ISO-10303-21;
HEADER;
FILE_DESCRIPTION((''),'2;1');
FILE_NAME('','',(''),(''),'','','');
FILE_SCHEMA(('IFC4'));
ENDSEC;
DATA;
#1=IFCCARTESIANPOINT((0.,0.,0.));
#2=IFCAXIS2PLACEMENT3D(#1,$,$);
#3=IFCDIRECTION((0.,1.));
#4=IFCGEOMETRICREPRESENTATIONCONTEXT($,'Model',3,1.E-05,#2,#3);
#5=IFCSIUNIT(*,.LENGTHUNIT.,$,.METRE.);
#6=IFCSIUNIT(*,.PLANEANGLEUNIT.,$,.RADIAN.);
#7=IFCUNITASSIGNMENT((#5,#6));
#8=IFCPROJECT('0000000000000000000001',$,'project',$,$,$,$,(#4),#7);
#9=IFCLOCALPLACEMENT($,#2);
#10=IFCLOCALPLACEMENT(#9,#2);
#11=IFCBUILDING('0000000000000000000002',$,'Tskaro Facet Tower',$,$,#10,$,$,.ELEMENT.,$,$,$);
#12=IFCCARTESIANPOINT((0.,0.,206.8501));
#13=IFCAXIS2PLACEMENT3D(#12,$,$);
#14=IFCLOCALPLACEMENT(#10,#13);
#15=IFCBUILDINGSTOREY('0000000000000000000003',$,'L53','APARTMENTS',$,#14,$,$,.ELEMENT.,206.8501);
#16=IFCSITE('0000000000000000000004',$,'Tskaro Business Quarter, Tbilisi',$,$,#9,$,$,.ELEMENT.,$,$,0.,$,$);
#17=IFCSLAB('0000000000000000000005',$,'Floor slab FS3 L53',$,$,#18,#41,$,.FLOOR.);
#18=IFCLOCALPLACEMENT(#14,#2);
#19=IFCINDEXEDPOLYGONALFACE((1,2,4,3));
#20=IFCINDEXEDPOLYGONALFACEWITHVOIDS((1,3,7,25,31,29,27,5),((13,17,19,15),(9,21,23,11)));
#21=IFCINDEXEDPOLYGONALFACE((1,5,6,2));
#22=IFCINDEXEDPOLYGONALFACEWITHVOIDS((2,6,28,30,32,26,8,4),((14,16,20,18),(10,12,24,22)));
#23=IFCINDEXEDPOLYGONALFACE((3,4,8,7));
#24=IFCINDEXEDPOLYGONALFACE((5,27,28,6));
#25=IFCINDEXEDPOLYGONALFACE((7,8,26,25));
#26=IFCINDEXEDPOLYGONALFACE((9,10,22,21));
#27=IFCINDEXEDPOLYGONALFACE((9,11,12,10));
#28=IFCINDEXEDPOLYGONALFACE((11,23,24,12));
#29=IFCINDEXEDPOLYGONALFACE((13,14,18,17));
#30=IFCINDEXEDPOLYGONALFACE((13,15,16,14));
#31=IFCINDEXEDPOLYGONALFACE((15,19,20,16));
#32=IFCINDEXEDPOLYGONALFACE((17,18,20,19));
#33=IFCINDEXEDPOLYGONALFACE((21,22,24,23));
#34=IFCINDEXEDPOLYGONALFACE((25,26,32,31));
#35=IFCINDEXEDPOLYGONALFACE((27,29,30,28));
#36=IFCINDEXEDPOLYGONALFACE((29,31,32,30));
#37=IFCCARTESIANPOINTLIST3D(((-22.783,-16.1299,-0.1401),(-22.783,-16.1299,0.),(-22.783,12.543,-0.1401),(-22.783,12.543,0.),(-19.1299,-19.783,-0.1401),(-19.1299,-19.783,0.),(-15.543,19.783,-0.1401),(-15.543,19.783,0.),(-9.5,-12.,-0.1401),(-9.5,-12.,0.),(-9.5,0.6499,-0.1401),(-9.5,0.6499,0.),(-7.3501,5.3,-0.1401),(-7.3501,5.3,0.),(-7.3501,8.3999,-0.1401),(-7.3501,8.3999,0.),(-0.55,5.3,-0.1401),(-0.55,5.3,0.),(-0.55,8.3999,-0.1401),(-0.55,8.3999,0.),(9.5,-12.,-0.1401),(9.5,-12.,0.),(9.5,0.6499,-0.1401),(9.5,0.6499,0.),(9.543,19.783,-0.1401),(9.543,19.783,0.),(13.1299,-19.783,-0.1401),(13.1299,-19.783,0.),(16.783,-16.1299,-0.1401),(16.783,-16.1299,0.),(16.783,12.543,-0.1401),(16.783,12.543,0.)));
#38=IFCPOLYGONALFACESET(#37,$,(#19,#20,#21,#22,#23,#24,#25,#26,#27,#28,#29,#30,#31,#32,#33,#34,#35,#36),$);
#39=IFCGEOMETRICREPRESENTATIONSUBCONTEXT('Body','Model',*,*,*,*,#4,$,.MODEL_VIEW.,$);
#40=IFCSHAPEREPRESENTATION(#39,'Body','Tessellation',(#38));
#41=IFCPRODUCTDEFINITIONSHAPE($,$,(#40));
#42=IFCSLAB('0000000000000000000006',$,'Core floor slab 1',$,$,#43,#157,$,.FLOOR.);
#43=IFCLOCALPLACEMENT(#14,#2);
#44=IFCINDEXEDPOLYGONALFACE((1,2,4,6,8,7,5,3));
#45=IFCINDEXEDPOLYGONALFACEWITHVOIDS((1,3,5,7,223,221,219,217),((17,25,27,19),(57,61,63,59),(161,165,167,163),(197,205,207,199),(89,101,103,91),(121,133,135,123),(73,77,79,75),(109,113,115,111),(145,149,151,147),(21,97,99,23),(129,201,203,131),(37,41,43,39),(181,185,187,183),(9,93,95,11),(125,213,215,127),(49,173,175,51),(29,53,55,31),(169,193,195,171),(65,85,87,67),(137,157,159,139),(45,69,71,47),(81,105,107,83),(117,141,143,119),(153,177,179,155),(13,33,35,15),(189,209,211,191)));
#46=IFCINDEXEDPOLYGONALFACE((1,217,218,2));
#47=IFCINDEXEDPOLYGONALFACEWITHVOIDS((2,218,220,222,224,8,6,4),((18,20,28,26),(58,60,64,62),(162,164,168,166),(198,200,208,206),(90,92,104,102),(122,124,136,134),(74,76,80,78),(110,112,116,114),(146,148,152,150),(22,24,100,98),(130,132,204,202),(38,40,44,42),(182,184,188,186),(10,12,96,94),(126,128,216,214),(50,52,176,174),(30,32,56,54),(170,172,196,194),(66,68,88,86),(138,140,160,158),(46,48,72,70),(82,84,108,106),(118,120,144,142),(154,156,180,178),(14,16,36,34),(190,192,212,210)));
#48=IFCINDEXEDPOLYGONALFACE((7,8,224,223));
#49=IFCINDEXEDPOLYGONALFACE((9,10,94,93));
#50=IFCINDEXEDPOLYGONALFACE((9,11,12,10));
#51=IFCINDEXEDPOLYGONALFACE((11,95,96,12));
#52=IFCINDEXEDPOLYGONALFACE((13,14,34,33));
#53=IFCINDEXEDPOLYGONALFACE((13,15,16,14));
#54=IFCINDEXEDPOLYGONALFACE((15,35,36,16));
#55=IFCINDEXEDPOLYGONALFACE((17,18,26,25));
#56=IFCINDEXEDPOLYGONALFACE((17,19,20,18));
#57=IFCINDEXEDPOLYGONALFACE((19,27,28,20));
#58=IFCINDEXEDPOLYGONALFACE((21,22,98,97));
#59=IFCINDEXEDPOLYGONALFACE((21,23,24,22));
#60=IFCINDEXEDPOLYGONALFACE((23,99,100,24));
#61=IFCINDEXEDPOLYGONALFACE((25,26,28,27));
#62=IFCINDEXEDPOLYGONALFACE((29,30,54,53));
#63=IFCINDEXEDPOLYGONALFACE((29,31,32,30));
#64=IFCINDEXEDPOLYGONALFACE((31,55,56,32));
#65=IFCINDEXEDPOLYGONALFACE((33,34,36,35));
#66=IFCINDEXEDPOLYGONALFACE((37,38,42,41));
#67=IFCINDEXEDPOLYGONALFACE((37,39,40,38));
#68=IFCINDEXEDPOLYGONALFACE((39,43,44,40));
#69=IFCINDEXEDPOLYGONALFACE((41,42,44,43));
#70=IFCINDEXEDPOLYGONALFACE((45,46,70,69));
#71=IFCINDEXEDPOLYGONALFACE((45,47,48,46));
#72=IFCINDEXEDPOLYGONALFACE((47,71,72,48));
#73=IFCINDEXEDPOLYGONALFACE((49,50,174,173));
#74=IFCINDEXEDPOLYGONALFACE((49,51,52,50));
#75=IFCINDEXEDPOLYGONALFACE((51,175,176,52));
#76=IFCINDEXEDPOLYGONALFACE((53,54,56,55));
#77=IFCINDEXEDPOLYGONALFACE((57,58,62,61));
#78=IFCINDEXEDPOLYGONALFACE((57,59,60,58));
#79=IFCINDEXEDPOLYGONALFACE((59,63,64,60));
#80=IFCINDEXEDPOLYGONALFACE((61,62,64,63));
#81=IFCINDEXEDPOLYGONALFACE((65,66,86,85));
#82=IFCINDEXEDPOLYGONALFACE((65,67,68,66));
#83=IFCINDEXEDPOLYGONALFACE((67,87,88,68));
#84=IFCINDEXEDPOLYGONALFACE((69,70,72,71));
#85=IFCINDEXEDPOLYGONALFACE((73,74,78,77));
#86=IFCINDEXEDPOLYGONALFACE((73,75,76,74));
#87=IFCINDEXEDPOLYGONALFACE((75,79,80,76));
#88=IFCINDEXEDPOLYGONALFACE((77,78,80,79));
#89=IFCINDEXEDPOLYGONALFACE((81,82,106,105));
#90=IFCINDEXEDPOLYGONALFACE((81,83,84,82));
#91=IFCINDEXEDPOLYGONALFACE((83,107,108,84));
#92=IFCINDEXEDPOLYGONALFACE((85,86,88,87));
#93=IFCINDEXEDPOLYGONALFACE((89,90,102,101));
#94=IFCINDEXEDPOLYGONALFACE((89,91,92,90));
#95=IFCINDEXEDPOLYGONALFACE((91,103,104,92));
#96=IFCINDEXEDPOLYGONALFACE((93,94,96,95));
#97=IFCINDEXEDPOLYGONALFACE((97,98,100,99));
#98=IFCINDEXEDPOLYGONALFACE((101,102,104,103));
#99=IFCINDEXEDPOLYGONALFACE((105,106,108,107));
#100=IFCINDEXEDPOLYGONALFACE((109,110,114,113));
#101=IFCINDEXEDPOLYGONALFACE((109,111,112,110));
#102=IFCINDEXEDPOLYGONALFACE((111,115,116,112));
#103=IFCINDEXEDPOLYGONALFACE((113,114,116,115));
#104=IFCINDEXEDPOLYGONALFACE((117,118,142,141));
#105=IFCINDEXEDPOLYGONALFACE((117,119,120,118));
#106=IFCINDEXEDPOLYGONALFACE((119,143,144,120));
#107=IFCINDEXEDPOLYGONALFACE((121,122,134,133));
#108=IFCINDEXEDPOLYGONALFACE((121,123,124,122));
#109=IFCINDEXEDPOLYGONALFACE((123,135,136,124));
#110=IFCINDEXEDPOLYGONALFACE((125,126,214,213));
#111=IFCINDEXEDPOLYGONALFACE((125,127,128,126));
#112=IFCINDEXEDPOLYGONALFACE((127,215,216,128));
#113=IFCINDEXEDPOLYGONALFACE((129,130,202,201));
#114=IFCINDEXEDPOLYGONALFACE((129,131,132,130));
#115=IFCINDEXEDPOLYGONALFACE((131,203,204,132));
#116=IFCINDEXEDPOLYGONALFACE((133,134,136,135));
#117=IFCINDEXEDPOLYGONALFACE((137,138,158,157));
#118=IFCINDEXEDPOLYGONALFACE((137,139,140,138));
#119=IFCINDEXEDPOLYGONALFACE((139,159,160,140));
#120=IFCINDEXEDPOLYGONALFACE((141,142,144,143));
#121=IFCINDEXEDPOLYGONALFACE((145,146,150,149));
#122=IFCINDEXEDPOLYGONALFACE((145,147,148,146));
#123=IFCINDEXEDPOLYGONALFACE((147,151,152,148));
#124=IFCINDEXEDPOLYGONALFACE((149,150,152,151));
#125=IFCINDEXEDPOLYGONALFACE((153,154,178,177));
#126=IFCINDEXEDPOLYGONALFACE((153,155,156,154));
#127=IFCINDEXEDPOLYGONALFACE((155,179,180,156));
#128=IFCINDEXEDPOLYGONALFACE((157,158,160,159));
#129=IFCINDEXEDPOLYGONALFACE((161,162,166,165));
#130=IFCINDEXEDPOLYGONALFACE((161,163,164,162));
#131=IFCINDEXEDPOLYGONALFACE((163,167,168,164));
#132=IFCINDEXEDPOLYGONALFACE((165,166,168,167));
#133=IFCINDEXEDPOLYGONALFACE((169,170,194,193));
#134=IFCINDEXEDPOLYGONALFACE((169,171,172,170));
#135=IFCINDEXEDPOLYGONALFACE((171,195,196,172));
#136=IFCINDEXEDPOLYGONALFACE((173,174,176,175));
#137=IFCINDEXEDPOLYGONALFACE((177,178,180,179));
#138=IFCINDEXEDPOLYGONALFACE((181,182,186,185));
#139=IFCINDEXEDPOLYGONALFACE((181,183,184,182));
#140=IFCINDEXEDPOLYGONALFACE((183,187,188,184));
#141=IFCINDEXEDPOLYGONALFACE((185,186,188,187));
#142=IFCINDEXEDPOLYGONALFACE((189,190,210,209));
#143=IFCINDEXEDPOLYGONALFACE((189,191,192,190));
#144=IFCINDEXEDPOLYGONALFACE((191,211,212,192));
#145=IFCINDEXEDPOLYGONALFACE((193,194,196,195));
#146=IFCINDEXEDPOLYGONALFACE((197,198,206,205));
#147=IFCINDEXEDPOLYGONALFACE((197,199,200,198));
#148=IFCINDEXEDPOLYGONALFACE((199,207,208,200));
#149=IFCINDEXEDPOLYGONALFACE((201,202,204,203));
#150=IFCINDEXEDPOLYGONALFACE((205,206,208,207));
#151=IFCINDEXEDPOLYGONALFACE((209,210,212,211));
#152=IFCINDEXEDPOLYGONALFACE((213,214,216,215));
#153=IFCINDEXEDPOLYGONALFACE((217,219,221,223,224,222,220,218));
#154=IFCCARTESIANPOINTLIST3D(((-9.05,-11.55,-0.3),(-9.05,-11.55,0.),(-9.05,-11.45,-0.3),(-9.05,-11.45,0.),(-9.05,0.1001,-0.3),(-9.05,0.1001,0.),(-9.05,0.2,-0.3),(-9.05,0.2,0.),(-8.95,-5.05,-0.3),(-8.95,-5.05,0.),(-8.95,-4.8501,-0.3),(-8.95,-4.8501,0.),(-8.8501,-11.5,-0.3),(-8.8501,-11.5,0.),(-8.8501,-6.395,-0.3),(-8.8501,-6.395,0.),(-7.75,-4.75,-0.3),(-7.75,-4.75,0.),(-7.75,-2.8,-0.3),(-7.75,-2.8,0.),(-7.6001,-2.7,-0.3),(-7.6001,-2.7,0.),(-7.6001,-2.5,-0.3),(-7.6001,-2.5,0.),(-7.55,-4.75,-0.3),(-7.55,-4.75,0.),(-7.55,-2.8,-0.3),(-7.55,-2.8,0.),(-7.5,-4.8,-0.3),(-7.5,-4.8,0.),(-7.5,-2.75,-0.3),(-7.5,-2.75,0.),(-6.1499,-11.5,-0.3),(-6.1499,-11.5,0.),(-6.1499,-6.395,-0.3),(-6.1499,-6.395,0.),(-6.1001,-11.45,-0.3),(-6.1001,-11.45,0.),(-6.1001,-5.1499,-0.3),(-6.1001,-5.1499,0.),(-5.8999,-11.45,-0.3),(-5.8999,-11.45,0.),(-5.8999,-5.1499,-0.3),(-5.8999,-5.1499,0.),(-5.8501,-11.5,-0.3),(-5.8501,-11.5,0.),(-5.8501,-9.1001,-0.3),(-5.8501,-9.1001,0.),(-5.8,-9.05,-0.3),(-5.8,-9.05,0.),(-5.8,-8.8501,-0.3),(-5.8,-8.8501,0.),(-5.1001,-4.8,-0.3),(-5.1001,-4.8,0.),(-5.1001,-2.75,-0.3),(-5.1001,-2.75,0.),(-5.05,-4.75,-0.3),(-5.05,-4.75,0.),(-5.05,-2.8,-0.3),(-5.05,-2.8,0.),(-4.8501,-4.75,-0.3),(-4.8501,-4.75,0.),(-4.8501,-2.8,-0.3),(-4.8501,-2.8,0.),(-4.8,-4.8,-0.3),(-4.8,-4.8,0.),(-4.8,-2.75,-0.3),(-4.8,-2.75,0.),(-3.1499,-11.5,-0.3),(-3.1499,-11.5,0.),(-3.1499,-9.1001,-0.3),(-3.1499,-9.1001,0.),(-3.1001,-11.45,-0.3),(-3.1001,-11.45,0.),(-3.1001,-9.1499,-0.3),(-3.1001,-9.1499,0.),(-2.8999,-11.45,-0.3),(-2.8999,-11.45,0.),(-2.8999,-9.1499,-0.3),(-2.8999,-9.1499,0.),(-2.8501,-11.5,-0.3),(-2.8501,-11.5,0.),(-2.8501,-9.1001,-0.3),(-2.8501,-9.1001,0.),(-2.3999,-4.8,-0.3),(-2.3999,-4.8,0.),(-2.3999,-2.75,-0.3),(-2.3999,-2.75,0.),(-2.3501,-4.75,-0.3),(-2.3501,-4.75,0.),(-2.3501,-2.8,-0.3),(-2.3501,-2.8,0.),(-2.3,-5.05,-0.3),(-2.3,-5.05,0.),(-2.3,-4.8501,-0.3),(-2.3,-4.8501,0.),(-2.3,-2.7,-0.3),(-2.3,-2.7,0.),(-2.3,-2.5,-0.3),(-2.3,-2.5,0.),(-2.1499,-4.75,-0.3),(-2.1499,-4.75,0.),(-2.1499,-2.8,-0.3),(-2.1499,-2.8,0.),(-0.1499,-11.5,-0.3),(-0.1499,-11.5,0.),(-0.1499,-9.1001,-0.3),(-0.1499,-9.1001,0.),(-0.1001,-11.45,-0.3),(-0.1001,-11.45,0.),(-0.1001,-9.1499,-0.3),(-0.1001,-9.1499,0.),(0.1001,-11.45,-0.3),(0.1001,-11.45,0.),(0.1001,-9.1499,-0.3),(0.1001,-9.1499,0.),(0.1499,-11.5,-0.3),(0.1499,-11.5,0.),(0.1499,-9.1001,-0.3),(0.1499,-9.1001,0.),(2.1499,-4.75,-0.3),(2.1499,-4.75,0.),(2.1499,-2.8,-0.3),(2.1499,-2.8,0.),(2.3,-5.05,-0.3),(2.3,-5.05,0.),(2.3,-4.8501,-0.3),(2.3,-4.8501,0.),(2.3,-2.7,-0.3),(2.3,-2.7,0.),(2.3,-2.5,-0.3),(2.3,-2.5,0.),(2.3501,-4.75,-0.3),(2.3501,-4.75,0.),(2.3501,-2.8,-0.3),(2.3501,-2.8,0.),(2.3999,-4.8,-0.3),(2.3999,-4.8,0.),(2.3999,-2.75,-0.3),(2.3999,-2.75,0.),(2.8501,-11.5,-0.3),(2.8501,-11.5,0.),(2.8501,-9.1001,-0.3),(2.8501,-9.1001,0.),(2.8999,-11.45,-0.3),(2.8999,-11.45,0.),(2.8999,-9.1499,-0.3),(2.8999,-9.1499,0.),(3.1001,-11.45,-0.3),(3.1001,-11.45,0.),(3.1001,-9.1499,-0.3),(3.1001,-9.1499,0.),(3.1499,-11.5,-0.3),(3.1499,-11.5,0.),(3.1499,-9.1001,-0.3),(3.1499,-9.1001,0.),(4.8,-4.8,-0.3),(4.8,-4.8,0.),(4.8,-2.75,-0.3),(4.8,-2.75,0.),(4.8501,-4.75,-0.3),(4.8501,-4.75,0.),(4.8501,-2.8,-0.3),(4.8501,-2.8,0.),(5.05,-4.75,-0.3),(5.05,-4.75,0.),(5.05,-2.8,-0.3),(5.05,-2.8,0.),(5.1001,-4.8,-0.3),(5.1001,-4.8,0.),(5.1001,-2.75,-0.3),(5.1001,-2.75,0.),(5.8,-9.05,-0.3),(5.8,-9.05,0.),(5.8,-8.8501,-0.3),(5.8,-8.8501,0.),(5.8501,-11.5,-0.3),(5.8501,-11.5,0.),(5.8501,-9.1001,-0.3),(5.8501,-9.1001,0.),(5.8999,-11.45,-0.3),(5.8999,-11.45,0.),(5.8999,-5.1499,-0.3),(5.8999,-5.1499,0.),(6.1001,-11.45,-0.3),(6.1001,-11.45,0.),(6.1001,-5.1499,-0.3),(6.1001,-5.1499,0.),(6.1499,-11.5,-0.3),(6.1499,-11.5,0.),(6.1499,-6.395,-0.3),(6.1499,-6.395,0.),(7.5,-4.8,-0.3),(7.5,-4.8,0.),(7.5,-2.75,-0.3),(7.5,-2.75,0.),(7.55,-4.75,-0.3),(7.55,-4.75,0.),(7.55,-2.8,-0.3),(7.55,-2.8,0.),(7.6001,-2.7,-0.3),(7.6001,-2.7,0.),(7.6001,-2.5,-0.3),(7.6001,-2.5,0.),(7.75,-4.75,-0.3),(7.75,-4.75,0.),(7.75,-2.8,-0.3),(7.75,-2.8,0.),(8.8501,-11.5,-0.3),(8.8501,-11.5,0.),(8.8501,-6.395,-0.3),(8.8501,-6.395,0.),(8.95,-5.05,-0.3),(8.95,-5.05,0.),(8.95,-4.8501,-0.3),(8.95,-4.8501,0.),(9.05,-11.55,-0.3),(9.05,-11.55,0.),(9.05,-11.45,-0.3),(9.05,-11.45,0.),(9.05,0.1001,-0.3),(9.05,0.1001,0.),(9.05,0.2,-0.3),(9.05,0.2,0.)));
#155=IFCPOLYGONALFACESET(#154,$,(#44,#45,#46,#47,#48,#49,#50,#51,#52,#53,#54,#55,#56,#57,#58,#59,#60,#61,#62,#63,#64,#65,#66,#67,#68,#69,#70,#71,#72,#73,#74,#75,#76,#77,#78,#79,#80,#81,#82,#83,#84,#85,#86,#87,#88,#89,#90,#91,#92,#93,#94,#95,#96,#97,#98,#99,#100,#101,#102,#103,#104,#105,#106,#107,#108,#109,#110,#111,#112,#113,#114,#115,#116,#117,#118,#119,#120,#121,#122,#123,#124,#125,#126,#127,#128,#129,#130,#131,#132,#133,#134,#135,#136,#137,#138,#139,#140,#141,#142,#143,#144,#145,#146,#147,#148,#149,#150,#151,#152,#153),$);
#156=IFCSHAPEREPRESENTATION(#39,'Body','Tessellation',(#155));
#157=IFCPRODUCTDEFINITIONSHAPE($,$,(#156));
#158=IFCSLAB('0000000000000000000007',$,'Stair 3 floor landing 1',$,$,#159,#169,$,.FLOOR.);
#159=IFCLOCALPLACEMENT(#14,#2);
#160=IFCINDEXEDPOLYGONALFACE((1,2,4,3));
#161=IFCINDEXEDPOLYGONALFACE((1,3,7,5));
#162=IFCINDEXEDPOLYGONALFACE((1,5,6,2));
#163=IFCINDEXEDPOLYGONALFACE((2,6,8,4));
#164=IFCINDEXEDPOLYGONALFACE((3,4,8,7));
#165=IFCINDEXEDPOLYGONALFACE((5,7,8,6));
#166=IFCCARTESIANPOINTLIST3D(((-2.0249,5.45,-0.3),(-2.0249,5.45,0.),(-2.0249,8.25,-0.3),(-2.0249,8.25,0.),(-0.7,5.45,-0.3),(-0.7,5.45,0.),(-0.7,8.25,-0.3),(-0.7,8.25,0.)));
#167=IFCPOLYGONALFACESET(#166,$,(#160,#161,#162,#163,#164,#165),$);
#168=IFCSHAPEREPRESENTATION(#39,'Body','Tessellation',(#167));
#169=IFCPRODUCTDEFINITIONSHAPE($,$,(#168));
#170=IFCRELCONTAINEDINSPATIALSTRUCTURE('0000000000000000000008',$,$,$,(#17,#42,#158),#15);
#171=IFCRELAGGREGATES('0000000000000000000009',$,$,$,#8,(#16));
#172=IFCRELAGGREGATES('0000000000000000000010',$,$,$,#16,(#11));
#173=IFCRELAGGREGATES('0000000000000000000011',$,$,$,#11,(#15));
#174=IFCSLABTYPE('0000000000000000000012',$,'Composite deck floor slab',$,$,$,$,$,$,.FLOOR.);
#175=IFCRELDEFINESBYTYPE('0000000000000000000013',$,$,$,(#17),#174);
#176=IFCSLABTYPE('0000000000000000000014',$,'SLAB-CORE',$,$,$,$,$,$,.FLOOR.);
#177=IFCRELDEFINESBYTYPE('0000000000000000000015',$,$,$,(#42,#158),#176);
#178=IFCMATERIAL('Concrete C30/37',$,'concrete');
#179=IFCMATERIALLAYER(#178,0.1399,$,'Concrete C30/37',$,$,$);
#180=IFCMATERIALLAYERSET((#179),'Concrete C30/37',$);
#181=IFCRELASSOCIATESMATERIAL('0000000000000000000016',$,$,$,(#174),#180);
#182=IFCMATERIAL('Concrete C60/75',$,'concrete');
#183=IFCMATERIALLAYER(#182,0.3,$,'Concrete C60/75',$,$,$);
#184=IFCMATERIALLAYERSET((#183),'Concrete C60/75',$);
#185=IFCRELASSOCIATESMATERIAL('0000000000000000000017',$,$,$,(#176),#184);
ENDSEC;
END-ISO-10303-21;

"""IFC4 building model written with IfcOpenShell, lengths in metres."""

from ifc_helpers import new_model, si_unit, direction, frame, origin, place, context, subcontext, project, spatial, polyline, outline, extrude, material, layer, layer_set, type_object, element, save


model = new_model("IFC4")

# Units and contexts
model_context = context("Model", 3, precision=1e-05, world=origin(), true_north=direction((0.0, 1.0)))
body_context = subcontext(model_context, "Body", "Model", "MODEL_VIEW")
ifc_project = project(units=[si_unit("LENGTHUNIT", "METRE"), si_unit("PLANEANGLEUNIT", "RADIAN")], contexts=[model_context])

# Site, building, storey
site_placement = place(None, origin())
site = spatial("IfcSite", under=ifc_project, at=site_placement, Name="Tskaro Business Quarter, Tbilisi", CompositionType="ELEMENT", RefElevation=0.0)
building_placement = place(site_placement, origin())
building = spatial("IfcBuilding", under=site, at=building_placement, Name="Tskaro Facet Tower", CompositionType="ELEMENT")
storey_placement = place(building_placement, frame((0.0, 0.0, 206.8501)))
storey = spatial("IfcBuildingStorey", under=building, at=storey_placement, Name="L53", Description="APARTMENTS", CompositionType="ELEMENT", Elevation=206.8501)

# Slabs
ifc_material_1 = material(Name="Concrete C30/37", Category="concrete")
ifc_layer_1 = layer(ifc_material_1, 0.1399, Name="Concrete C30/37")
ifc_layer_set_1 = layer_set([ifc_layer_1], Name="Concrete C30/37")
slab_type_1 = type_object("IfcSlabType", Name="Composite deck floor slab", PredefinedType="FLOOR", material=ifc_layer_set_1)
slab_1_placement = place(storey_placement, frame((0.0, 0.0, -0.1401)))
element("IfcSlab", 1, at=slab_1_placement, inside=storey, type_object=slab_type_1, Name="Floor slab FS3 L53", PredefinedType="FLOOR", context=body_context, shape_type="SweptSolid", body=[
    extrude(outline(polyline([(-19.1299, -19.783), (13.1299, -19.783), (16.783, -16.1299), (16.783, 12.543), (9.543, 19.783), (-15.543, 19.783), (-22.783, 12.543), (-22.783, -16.1299), (-19.1299, -19.783)]), holes=[polyline([(-9.5, -12.0), (9.5, -12.0), (9.5, 0.6499), (-9.5, 0.6499), (-9.5, -12.0)]), polyline([(-7.3501, 5.3), (-0.55, 5.3), (-0.55, 8.3999), (-7.3501, 8.3999), (-7.3501, 5.3)])]), origin(), (0.0, 0.0, 1.0), 0.1401),
])
ifc_material_2 = material(Name="Concrete C60/75", Category="concrete")
ifc_layer_2 = layer(ifc_material_2, 0.3, Name="Concrete C60/75")
ifc_layer_set_2 = layer_set([ifc_layer_2], Name="Concrete C60/75")
slab_type_2 = type_object("IfcSlabType", Name="SLAB-CORE", PredefinedType="FLOOR", material=ifc_layer_set_2)
slab_2_placement = place(storey_placement, frame((0.0, 0.0, -0.3)))
element("IfcSlab", 2, at=slab_2_placement, inside=storey, type_object=slab_type_2, Name="Core floor slab 1", PredefinedType="FLOOR", context=body_context, shape_type="SweptSolid", body=[
    extrude(outline(polyline([(-9.05, 0.2), (9.05, 0.2), (9.05, 0.1001), (9.05, -11.45), (9.05, -11.55), (-9.05, -11.55), (-9.05, -11.45), (-9.05, 0.1001), (-9.05, 0.2)]), holes=[polyline([(-5.8501, -9.1001), (-5.8501, -11.5), (-3.1499, -11.5), (-3.1499, -9.1001), (-5.8501, -9.1001)]), polyline([(-3.1001, -11.45), (-2.8999, -11.45), (-2.8999, -9.1499), (-3.1001, -9.1499), (-3.1001, -11.45)]), polyline([(-2.8501, -9.1001), (-2.8501, -11.5), (-0.1499, -11.5), (-0.1499, -9.1001), (-2.8501, -9.1001)]), polyline([(-6.1001, -11.45), (-5.8999, -11.45), (-5.8999, -5.1499), (-6.1001, -5.1499), (-6.1001, -11.45)]), polyline([(-8.95, -5.05), (-2.3, -5.05), (-2.3, -4.8501), (-8.95, -4.8501), (-8.95, -5.05)]), polyline([(-7.75, -4.75), (-7.55, -4.75), (-7.55, -2.8), (-7.75, -2.8), (-7.75, -4.75)]), polyline([(-7.5, -2.75), (-7.5, -4.8), (-5.1001, -4.8), (-5.1001, -2.75), (-7.5, -2.75)]), polyline([(-5.05, -4.75), (-4.8501, -4.75), (-4.8501, -2.8), (-5.05, -2.8), (-5.05, -4.75)]), polyline([(-4.8, -4.8), (-2.3999, -4.8), (-2.3999, -2.75), (-4.8, -2.75), (-4.8, -4.8)]), polyline([(-2.3501, -4.75), (-2.1499, -4.75), (-2.1499, -2.8), (-2.3501, -2.8), (-2.3501, -4.75)]), polyline([(-7.6001, -2.7), (-2.3, -2.7), (-2.3, -2.5), (-7.6001, -2.5), (-7.6001, -2.7)]), polyline([(-0.1001, -11.45), (0.1001, -11.45), (0.1001, -9.1499), (-0.1001, -9.1499), (-0.1001, -11.45)]), polyline([(0.1499, -9.1001), (0.1499, -11.5), (2.8501, -11.5), (2.8501, -9.1001), (0.1499, -9.1001)]), polyline([(2.8999, -11.45), (3.1001, -11.45), (3.1001, -9.1499), (2.8999, -9.1499), (2.8999, -11.45)]), polyline([(3.1499, -9.1001), (3.1499, -11.5), (5.8501, -11.5), (5.8501, -9.1001), (3.1499, -9.1001)]), polyline([(-5.8, -9.05), (5.8, -9.05), (5.8, -8.8501), (-5.8, -8.8501), (-5.8, -9.05)]), polyline([(5.8999, -11.45), (6.1001, -11.45), (6.1001, -5.1499), (5.8999, -5.1499), (5.8999, -11.45)]), polyline([(2.3, -5.05), (8.95, -5.05), (8.95, -4.8501), (2.3, -4.8501), (2.3, -5.05)]), polyline([(2.1499, -4.75), (2.3501, -4.75), (2.3501, -2.8), (2.1499, -2.8), (2.1499, -4.75)]), polyline([(4.8, -2.75), (2.3999, -2.75), (2.3999, -4.8), (4.8, -4.8), (4.8, -2.75)]), polyline([(4.8501, -4.75), (5.05, -4.75), (5.05, -2.8), (4.8501, -2.8), (4.8501, -4.75)]), polyline([(5.1001, -4.8), (7.5, -4.8), (7.5, -2.75), (5.1001, -2.75), (5.1001, -4.8)]), polyline([(7.55, -4.75), (7.75, -4.75), (7.75, -2.8), (7.55, -2.8), (7.55, -4.75)]), polyline([(2.3, -2.7), (7.6001, -2.7), (7.6001, -2.5), (2.3, -2.5), (2.3, -2.7)]), polyline([(-8.8501, -11.5), (-6.1499, -11.5), (-6.1499, -6.395), (-8.8501, -6.395), (-8.8501, -11.5)]), polyline([(6.1499, -6.395), (6.1499, -11.5), (8.8501, -11.5), (8.8501, -6.395), (6.1499, -6.395)])]), origin(), (0.0, 0.0, 1.0), 0.3),
])
slab_3_placement = place(storey_placement, frame((0.0, 0.0, -0.3)))
element("IfcSlab", 3, at=slab_3_placement, inside=storey, type_object=slab_type_2, Name="Stair 3 floor landing 1", PredefinedType="FLOOR", context=body_context, shape_type="SweptSolid", body=[
    extrude(outline(polyline([(-2.0249, 5.45), (-0.7, 5.45), (-0.7, 8.25), (-2.0249, 8.25), (-2.0249, 5.45)])), origin(), (0.0, 0.0, 1.0), 0.3),
])

save(model, "model.ifc")
